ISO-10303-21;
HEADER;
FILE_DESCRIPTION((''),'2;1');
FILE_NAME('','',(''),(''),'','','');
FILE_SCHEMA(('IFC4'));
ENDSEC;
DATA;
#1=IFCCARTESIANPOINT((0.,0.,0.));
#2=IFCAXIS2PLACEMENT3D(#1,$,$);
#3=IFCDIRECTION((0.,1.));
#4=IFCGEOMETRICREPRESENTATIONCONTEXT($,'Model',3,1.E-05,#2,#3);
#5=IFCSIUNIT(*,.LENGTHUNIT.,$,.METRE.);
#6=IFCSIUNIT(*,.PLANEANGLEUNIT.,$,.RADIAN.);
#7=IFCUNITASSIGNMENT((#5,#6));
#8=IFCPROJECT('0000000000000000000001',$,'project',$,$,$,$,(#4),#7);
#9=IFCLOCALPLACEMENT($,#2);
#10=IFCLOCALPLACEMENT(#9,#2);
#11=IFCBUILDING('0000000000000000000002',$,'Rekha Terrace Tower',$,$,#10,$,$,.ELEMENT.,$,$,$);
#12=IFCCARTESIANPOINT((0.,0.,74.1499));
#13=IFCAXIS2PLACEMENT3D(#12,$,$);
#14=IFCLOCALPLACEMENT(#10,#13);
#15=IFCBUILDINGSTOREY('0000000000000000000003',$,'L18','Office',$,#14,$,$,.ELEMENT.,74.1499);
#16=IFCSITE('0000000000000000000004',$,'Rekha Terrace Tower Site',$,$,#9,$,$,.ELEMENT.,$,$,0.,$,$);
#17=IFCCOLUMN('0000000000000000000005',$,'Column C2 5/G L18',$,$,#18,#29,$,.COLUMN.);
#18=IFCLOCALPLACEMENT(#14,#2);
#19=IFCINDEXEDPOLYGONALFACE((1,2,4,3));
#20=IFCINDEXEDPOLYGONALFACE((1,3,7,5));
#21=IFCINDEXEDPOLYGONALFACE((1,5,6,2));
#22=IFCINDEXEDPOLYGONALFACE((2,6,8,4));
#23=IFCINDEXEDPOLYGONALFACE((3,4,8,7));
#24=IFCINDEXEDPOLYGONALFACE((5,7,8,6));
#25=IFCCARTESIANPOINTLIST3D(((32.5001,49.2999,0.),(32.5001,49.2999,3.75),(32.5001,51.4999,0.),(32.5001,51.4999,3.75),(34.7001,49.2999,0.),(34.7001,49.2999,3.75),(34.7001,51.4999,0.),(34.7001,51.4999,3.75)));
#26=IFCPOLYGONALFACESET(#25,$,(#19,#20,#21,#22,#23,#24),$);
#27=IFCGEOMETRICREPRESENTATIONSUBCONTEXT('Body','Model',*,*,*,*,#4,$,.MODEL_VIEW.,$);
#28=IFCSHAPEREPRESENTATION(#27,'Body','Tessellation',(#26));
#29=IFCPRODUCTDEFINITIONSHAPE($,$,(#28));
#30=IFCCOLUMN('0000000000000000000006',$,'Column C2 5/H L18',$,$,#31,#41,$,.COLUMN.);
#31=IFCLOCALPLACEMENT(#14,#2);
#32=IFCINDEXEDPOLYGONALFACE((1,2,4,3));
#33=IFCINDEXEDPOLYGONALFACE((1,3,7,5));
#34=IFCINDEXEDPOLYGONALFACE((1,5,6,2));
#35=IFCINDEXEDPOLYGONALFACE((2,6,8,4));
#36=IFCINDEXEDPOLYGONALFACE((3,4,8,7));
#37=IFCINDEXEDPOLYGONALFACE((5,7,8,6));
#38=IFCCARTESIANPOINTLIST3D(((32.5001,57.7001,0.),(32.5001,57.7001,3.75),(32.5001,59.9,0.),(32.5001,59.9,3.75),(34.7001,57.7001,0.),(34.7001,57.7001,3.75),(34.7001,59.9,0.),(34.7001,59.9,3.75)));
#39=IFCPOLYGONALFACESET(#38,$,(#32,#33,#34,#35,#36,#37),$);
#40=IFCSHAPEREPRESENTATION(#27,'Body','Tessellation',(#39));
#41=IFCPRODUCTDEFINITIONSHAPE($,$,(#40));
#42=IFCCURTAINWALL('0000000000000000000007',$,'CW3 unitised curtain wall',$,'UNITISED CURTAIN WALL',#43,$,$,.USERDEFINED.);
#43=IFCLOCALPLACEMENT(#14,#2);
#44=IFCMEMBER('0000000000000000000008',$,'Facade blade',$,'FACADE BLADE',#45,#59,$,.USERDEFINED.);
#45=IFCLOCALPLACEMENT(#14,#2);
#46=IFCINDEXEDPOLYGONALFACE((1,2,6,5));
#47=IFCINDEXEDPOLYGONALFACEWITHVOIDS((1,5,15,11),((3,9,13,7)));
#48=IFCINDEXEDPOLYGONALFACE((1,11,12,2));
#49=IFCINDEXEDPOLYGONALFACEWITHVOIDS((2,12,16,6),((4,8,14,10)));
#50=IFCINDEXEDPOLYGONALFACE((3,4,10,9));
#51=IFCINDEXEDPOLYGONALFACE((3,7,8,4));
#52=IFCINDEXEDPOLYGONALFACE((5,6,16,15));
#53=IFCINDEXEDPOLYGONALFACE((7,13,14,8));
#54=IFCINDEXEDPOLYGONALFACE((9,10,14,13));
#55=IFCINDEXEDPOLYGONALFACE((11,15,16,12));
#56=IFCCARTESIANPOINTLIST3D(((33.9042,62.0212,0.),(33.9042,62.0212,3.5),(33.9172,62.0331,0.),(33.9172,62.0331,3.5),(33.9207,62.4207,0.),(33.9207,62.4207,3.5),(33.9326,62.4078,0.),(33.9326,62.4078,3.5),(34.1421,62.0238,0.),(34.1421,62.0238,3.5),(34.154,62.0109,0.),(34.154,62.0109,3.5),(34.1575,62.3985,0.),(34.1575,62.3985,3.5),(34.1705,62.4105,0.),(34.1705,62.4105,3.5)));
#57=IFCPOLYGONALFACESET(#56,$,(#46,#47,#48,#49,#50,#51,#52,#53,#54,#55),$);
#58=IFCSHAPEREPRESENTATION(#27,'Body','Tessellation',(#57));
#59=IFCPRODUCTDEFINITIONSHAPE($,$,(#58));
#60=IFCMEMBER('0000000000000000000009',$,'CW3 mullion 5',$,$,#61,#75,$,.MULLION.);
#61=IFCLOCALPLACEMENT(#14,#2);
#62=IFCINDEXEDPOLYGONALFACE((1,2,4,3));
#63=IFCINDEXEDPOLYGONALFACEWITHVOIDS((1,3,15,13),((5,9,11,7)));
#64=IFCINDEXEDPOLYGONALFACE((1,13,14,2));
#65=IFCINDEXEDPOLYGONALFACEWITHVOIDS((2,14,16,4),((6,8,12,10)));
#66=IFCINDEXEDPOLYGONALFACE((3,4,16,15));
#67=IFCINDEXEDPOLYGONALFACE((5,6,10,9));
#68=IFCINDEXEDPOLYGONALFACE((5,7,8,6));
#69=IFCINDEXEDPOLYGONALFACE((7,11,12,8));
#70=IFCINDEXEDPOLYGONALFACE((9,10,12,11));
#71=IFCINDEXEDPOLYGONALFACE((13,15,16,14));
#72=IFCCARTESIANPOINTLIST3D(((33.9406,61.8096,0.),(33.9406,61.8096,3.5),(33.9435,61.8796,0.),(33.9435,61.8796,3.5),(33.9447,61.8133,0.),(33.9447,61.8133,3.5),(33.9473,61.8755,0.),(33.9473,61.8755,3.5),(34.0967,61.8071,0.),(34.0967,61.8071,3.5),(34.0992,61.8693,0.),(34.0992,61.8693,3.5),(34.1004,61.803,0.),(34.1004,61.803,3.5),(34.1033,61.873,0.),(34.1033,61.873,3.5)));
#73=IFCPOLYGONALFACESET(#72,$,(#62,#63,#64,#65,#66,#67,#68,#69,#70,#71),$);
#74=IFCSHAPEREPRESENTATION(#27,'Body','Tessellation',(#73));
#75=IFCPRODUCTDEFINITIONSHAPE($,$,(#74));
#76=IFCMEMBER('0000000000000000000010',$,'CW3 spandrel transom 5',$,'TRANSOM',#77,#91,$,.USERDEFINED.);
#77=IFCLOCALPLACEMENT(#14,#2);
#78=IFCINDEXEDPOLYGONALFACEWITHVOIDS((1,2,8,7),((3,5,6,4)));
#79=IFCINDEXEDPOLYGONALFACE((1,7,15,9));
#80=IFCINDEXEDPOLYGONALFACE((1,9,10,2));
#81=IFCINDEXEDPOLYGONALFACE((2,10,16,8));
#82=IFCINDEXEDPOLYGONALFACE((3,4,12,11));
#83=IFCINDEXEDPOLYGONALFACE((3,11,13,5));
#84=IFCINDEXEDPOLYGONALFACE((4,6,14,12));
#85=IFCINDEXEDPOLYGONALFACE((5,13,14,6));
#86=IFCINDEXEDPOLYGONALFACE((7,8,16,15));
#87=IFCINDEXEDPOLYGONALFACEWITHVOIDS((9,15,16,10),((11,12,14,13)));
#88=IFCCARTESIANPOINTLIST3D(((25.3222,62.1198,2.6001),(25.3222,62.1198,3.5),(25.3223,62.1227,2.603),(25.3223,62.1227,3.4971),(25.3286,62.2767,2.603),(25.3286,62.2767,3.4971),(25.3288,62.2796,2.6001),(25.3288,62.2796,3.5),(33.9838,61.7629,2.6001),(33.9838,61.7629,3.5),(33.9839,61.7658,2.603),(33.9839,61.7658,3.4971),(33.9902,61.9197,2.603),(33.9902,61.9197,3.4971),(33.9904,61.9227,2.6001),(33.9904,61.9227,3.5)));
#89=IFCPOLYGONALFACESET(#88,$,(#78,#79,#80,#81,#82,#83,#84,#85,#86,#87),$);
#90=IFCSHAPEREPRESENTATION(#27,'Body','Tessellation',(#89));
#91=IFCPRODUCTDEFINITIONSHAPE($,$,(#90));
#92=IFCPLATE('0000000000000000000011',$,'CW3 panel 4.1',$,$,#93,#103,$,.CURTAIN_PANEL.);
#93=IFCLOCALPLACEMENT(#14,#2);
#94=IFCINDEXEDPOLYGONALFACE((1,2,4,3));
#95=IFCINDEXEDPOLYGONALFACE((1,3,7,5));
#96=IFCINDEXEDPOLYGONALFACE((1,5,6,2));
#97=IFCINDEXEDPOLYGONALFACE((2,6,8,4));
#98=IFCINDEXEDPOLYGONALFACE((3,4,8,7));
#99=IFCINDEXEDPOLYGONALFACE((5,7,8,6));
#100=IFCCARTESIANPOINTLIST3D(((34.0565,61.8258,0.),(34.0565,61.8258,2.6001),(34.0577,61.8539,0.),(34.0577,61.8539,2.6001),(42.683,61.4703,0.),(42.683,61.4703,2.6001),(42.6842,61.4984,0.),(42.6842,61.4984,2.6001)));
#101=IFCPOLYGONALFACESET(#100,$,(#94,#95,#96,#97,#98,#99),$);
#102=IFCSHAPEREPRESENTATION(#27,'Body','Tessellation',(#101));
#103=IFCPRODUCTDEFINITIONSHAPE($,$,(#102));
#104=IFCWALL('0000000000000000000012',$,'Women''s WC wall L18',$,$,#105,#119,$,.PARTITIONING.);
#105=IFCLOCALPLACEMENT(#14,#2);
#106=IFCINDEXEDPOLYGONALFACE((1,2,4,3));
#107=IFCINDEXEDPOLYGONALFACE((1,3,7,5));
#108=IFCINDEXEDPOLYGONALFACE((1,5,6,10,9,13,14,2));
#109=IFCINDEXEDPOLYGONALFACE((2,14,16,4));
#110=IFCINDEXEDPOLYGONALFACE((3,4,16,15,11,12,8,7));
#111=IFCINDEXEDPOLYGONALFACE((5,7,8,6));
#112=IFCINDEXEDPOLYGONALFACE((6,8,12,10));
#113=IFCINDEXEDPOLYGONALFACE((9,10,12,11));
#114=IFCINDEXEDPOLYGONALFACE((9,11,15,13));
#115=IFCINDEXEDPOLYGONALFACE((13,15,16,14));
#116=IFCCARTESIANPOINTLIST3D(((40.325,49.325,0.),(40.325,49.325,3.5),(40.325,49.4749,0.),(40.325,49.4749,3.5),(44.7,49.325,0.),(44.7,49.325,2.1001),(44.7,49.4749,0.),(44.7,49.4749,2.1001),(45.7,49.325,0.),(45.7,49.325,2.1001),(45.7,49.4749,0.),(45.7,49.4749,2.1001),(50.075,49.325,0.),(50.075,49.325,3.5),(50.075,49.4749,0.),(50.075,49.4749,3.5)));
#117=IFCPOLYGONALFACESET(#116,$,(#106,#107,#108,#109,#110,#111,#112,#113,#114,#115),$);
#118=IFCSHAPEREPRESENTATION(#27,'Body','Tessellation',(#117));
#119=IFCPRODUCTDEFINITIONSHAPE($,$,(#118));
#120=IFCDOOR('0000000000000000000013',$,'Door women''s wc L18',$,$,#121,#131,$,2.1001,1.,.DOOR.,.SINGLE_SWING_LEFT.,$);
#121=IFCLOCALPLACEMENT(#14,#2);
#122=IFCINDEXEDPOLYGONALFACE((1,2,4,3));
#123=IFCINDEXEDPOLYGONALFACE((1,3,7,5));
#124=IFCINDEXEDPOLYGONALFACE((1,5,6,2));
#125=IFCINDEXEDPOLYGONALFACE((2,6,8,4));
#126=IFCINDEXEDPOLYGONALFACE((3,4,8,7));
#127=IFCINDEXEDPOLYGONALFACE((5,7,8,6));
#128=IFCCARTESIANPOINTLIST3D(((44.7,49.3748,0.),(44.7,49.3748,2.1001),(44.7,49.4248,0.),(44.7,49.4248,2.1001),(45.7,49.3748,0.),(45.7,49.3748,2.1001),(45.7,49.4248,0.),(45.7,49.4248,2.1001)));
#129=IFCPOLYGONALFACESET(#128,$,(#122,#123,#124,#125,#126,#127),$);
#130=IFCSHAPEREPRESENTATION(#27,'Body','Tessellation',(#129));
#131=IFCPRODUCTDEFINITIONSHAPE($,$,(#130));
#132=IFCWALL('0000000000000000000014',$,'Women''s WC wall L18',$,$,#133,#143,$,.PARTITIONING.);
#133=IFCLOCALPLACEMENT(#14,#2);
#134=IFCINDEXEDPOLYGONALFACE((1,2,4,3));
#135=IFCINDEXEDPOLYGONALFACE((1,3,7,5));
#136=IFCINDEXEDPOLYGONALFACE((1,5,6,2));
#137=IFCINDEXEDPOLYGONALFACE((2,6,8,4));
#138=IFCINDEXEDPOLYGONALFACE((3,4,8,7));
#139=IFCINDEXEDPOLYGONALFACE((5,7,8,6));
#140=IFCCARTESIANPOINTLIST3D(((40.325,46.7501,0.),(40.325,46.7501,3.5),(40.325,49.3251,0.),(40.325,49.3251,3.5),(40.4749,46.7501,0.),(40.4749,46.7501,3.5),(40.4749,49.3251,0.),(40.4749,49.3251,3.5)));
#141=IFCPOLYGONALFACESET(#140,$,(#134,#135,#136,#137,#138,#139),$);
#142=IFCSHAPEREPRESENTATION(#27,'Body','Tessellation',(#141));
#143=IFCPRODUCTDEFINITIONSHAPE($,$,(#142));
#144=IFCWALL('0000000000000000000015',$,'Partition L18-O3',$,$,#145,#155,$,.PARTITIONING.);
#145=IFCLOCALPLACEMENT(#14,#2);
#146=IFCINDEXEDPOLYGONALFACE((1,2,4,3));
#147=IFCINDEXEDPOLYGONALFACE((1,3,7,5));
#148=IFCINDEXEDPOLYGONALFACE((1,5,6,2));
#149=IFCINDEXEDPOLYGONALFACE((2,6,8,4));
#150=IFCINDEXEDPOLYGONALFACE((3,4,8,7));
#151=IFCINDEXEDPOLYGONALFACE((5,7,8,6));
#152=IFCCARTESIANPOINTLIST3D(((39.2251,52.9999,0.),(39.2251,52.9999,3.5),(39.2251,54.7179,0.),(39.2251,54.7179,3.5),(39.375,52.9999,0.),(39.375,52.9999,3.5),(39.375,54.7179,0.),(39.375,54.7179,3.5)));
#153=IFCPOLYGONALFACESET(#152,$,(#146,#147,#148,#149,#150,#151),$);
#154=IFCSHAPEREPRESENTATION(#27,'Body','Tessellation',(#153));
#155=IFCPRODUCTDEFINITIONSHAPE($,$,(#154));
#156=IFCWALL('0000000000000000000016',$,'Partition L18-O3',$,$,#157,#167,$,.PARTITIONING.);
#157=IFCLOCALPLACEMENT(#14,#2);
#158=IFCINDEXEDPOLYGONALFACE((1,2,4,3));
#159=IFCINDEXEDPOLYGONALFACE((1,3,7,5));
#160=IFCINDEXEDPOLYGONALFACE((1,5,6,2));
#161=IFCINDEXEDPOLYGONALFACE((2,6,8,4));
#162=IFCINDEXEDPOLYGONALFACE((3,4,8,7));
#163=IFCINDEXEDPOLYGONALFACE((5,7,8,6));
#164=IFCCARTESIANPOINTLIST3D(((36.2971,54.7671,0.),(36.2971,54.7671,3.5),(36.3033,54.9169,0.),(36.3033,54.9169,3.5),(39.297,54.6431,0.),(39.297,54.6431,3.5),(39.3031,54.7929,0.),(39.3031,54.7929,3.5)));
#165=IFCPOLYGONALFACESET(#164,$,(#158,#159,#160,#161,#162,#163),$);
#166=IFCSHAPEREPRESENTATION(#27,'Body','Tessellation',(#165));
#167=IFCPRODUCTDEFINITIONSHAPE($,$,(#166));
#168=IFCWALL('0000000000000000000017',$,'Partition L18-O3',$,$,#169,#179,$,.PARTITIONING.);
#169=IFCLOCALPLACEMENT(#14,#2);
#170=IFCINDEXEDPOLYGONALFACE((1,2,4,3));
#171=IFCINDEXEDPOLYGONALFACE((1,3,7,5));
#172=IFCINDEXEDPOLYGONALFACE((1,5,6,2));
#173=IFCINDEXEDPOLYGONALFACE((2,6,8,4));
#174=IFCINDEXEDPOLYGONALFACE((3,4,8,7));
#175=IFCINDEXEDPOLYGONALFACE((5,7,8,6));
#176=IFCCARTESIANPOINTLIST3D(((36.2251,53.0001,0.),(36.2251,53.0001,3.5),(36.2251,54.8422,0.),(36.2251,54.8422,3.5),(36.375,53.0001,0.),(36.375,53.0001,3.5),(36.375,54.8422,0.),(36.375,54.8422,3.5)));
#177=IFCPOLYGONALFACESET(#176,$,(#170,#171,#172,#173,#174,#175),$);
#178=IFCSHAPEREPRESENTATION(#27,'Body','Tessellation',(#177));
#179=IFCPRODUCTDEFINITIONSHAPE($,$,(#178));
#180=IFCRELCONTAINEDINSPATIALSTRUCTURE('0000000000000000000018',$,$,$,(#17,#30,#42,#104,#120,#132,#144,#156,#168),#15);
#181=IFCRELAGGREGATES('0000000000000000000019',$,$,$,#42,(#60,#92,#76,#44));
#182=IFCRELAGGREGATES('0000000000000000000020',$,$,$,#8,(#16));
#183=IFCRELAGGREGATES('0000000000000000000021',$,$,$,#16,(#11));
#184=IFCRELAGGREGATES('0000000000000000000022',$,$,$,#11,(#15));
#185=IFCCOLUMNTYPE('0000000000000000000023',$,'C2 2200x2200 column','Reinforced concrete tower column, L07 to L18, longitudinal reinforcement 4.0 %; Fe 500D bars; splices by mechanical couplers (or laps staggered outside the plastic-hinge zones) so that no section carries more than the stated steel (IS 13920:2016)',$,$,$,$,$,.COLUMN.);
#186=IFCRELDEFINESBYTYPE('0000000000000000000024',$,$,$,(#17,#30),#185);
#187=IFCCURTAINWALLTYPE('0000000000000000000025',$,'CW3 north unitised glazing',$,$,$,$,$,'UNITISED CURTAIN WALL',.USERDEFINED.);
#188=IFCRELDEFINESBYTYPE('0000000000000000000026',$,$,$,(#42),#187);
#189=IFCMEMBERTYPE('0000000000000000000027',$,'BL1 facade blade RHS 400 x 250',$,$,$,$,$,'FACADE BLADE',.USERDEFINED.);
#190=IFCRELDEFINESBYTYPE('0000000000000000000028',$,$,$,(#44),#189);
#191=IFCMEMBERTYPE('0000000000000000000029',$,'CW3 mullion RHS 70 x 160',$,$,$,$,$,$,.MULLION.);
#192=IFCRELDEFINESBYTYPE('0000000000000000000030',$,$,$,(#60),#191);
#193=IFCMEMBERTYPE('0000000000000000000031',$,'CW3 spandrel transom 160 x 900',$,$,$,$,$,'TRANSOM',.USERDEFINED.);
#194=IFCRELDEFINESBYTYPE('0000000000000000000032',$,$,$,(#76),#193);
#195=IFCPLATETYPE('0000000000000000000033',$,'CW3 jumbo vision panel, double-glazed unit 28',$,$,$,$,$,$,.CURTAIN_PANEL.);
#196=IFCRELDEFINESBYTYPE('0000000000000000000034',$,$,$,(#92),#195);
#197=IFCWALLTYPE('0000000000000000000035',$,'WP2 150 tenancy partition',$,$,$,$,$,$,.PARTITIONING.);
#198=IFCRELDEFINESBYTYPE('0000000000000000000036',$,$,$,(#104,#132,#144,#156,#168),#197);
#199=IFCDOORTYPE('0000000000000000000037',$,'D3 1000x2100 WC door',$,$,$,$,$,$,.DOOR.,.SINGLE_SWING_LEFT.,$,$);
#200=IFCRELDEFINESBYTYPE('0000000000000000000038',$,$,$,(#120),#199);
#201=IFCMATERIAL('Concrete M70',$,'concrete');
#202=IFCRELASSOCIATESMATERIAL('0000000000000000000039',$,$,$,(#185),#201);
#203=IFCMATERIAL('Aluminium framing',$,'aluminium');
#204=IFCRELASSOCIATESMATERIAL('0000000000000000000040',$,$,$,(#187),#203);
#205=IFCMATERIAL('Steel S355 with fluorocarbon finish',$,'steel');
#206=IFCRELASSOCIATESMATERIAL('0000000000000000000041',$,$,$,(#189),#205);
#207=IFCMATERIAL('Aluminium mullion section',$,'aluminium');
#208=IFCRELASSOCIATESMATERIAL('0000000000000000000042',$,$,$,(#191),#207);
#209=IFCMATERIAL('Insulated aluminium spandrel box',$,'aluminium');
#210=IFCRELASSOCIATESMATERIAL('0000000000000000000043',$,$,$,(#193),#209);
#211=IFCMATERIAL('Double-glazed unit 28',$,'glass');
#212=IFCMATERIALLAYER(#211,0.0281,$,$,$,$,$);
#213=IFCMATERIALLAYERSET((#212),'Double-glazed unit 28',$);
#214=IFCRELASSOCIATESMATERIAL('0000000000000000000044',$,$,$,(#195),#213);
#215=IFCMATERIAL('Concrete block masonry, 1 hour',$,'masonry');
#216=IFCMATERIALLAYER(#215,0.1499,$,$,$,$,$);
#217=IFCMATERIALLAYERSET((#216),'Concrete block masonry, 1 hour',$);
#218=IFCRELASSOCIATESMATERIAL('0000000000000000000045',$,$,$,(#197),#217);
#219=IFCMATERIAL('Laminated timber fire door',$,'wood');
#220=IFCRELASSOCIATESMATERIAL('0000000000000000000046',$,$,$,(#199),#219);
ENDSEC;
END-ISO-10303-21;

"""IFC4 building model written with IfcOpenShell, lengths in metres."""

from ifc_helpers import new_model, si_unit, direction, frame, frame_2d, origin, origin_2d, place, context, subcontext, project, spatial, rectangle, hollow_rectangle, extrude, material, layer, layer_set, material_profile, profile_set, type_object, element, fill, aggregate, save


model = new_model("IFC4")

# Units and contexts
model_context = context("Model", 3, precision=1e-05, world=origin(), true_north=direction((0.0, 1.0)))
body_context = subcontext(model_context, "Body", "Model", "MODEL_VIEW")
ifc_project = project(units=[si_unit("LENGTHUNIT", "METRE"), si_unit("PLANEANGLEUNIT", "RADIAN")], contexts=[model_context])

# Site, building, storey
site_placement = place(None, origin())
site = spatial("IfcSite", under=ifc_project, at=site_placement, Name="Rekha Terrace Tower Site", CompositionType="ELEMENT", RefElevation=0.0)
building_placement = place(site_placement, origin())
building = spatial("IfcBuilding", under=site, at=building_placement, Name="Rekha Terrace Tower", CompositionType="ELEMENT")
storey_placement = place(building_placement, frame((0.0, 0.0, 74.1499)))
storey = spatial("IfcBuildingStorey", under=building, at=storey_placement, Name="L18", Description="Office", CompositionType="ELEMENT", Elevation=74.1499)

# Columns
ifc_material_1 = material(Name="Concrete M70", Category="concrete")
ifc_material_profile_1 = material_profile(ifc_material_1, rectangle(XDim=2.2, YDim=2.2, at=origin_2d()), Name="RC 2200x2200")
ifc_profile_set_1 = profile_set([ifc_material_profile_1], Name="Concrete M70")
column_type = type_object("IfcColumnType", Name="C2 2200x2200 column", Description="Reinforced concrete tower column, L07 to L18, longitudinal reinforcement 4.0 %; Fe 500D bars; splices by mechanical couplers (or laps staggered outside the plastic-hinge zones) so that no section carries more than the stated steel (IS 13920:2016)", PredefinedType="COLUMN", material=ifc_profile_set_1)
for number, where, z_axis, x_axis, name in (
    (1, (33.6001, 50.3999, 0.0), (0.0, 0.0, 1.0), (1.0, 0.0, 0.0), "Column C2 5/G L18"),
    (2, (33.6001, 58.8, 0.0), (0.0, 0.0, 1.0), (1.0, 0.0, 0.0), "Column C2 5/H L18"),
):
    element("IfcColumn", number, at=place(storey_placement, frame(where, z_axis=z_axis, x_axis=x_axis)), inside=storey, type_object=column_type, Name=name, PredefinedType="COLUMN", context=body_context, shape_type="SweptSolid", body=[
        extrude(rectangle(XDim=2.2, YDim=2.2, at=origin_2d()), origin(), (0.0, 0.0, 1.0), 3.75),
    ])

# Curtain wall, members, plate
ifc_material_2 = material(Name="Aluminium framing", Category="aluminium")
curtain_wall_type = type_object("IfcCurtainWallType", Name="CW3 north unitised glazing", ElementType="UNITISED CURTAIN WALL", PredefinedType="USERDEFINED", material=ifc_material_2)
curtain_wall_placement = place(storey_placement, origin())
curtain_wall = element("IfcCurtainWall", 3, at=curtain_wall_placement, inside=storey, type_object=curtain_wall_type, Name="CW3 unitised curtain wall", ObjectType="UNITISED CURTAIN WALL", PredefinedType="USERDEFINED")
ifc_material_3 = material(Name="Steel S355 with fluorocarbon finish", Category="steel")
ifc_material_profile_2 = material_profile(ifc_material_3, hollow_rectangle(XDim=0.25, YDim=0.3999, WallThickness=0.0125, at=origin_2d()), Name="RHS400x250x12.5")
ifc_profile_set_2 = profile_set([ifc_material_profile_2], Name="Steel S355 with fluorocarbon finish")
member_type_1 = type_object("IfcMemberType", Name="BL1 facade blade RHS 400 x 250", ElementType="FACADE BLADE", PredefinedType="USERDEFINED", material=ifc_profile_set_2)
member_1_placement = place(storey_placement, frame((34.0374, 62.2158, 0.0), z_axis=(0.0, 0.0, 1.0), x_axis=(-0.999152, 0.041175, 0.0)))
member_1 = element("IfcMember", 4, at=member_1_placement, type_object=member_type_1, Name="Facade blade", ObjectType="FACADE BLADE", PredefinedType="USERDEFINED", context=body_context, shape_type="SweptSolid", body=[
    extrude(hollow_rectangle(XDim=0.25, YDim=0.3999, WallThickness=0.0125, at=origin_2d()), origin(), (0.0, 0.0, 1.0), 3.5),
])
ifc_material_4 = material(Name="Aluminium mullion section", Category="aluminium")
ifc_material_profile_3 = material_profile(ifc_material_4, hollow_rectangle(XDim=0.0701, YDim=0.1599, WallThickness=0.0039, at=origin_2d()), Name="AL RHS 70x160")
ifc_profile_set_3 = profile_set([ifc_material_profile_3], Name="Aluminium mullion section")
member_type_2 = type_object("IfcMemberType", Name="CW3 mullion RHS 70 x 160", PredefinedType="MULLION", material=ifc_profile_set_3)
member_2_placement = place(storey_placement, frame((34.022, 61.8413, 0.0), z_axis=(0.0, 0.0, 1.0), x_axis=(-0.041174, -0.999152, 0.0)))
member_2 = element("IfcMember", 5, at=member_2_placement, type_object=member_type_2, Name="CW3 mullion 5", PredefinedType="MULLION", context=body_context, shape_type="SweptSolid", body=[
    extrude(hollow_rectangle(XDim=0.0701, YDim=0.1599, WallThickness=0.0039, at=origin_2d()), origin(), (0.0, 0.0, 1.0), 3.5),
])
ifc_material_5 = material(Name="Insulated aluminium spandrel box", Category="aluminium")
ifc_material_profile_4 = material_profile(ifc_material_5, hollow_rectangle(XDim=0.1599, YDim=0.8999, WallThickness=0.0029, at=origin_2d()), Name="AL SPANDREL BOX 160x900")
ifc_profile_set_4 = profile_set([ifc_material_profile_4], Name="Insulated aluminium spandrel box")
member_type_3 = type_object("IfcMemberType", Name="CW3 spandrel transom 160 x 900", ElementType="TRANSOM", PredefinedType="USERDEFINED", material=ifc_profile_set_4)
member_3_placement = place(storey_placement, frame((33.9871, 61.8428, 3.05), z_axis=(-0.999152, 0.041174, 0.0), x_axis=(-0.041174, -0.999152, 0.0)))
member_3 = element("IfcMember", 6, at=member_3_placement, type_object=member_type_3, Name="CW3 spandrel transom 5", ObjectType="TRANSOM", PredefinedType="USERDEFINED", context=body_context, shape_type="SweptSolid", body=[
    extrude(hollow_rectangle(XDim=0.1599, YDim=0.8999, WallThickness=0.0029, at=origin_2d()), origin(), (0.0, 0.0, 1.0), 8.6689),
])
ifc_material_6 = material(Name="Double-glazed unit 28", Category="glass")
ifc_layer_1 = layer(ifc_material_6, 0.0281)
ifc_layer_set_1 = layer_set([ifc_layer_1], Name="Double-glazed unit 28")
plate_type = type_object("IfcPlateType", Name="CW3 jumbo vision panel, double-glazed unit 28", PredefinedType="CURTAIN_PANEL", material=ifc_layer_set_1)
plate_placement = place(storey_placement, frame((38.3704, 61.6621, 0.0), z_axis=(0.0, 0.0, 1.0), x_axis=(-0.999152, 0.041174, 0.0)))
plate = element("IfcPlate", 7, at=plate_placement, type_object=plate_type, Name="CW3 panel 4.1", PredefinedType="CURTAIN_PANEL", context=body_context, shape_type="SweptSolid", body=[
    extrude(rectangle(XDim=8.6338, YDim=0.0281, at=origin_2d()), origin(), (0.0, 0.0, 1.0), 2.6001),
])
aggregate(curtain_wall, [member_2, plate, member_3, member_1])

# Wall, opening, door
ifc_material_7 = material(Name="Concrete block masonry, 1 hour", Category="masonry")
ifc_layer_2 = layer(ifc_material_7, 0.1499)
ifc_layer_set_2 = layer_set([ifc_layer_2], Name="Concrete block masonry, 1 hour")
wall_type_1 = type_object("IfcWallType", Name="WP2 150 tenancy partition", PredefinedType="PARTITIONING", material=ifc_layer_set_2)
wall_1_placement = place(storey_placement, frame((40.325, 49.3999, 0.0), z_axis=(0.0, 0.0, 1.0), x_axis=(1.0, 0.0, 0.0)))
wall_1 = element("IfcWall", 8, at=wall_1_placement, inside=storey, type_object=wall_type_1, Name="Women's WC wall L18", PredefinedType="PARTITIONING", context=body_context, shape_type="SweptSolid", body=[
    extrude(rectangle(XDim=9.75, YDim=0.1499, at=frame_2d((4.875, 0.0))), origin(), (0.0, 0.0, 1.0), 3.5),
])
opening_1_placement = place(wall_1_placement, frame((4.375, 0.0, 0.0)))
opening_1 = element("IfcOpeningElement", 9, at=opening_1_placement, cuts=wall_1, PredefinedType="OPENING", context=body_context, shape_type="SweptSolid", body=[
    extrude(rectangle(XDim=1.0, YDim=2.1001, at=frame_2d((0.5, 1.05))), frame((0.0, 0.085, 0.0), z_axis=(0.0, -1.0, 0.0), x_axis=(1.0, 0.0, 0.0)), (0.0, 0.0, 1.0), 0.1699),
])
ifc_material_8 = material(Name="Laminated timber fire door", Category="wood")
door_type_1 = type_object("IfcDoorType", Name="D3 1000x2100 WC door", OperationType="SINGLE_SWING_LEFT", PredefinedType="DOOR", material=ifc_material_8)
door_1_placement = place(opening_1_placement, origin())
door_1 = element("IfcDoor", 10, at=door_1_placement, inside=storey, type_object=door_type_1, Name="Door women's wc L18", OperationType="SINGLE_SWING_LEFT", OverallHeight=2.1001, OverallWidth=1.0, PredefinedType="DOOR", context=body_context, shape_type="SweptSolid", body=[
    extrude(rectangle(XDim=1.0, YDim=2.1001, at=frame_2d((0.5, 1.05))), frame((0.0, 0.0249, 0.0), z_axis=(0.0, -1.0, 0.0), x_axis=(1.0, 0.0, 0.0)), (0.0, 0.0, 1.0), 0.05),
])
fill(opening_1, door_1)

# Walls
wall_2_placement = place(storey_placement, frame((40.3999, 46.75, 0.0), z_axis=(0.0, 0.0, 1.0), x_axis=(0.0, 1.0, 0.0)))
element("IfcWall", 11, at=wall_2_placement, inside=storey, type_object=wall_type_1, Name="Women's WC wall L18", PredefinedType="PARTITIONING", context=body_context, shape_type="SweptSolid", body=[
    extrude(rectangle(XDim=2.575, YDim=0.1499, at=frame_2d((1.2876, 0.0))), origin(), (0.0, 0.0, 1.0), 3.5),
])
wall_3_placement = place(storey_placement, frame((39.3, 53.0, 0.0), z_axis=(0.0, 0.0, 1.0), x_axis=(0.0, 1.0, 0.0)))
element("IfcWall", 12, at=wall_3_placement, inside=storey, type_object=wall_type_1, Name="Partition L18-O3", PredefinedType="PARTITIONING", context=body_context, shape_type="SweptSolid", body=[
    extrude(rectangle(XDim=1.718, YDim=0.1499, at=frame_2d((0.8589, 0.0))), origin(), (0.0, 0.0, 1.0), 3.5),
])
wall_4_placement = place(storey_placement, frame((39.3, 54.718, 0.0), z_axis=(0.0, 0.0, 1.0), x_axis=(-0.999147, 0.041306, 0.0)))
element("IfcWall", 13, at=wall_4_placement, inside=storey, type_object=wall_type_1, Name="Partition L18-O3", PredefinedType="PARTITIONING", context=body_context, shape_type="SweptSolid", body=[
    extrude(rectangle(XDim=3.0024, YDim=0.1499, at=frame_2d((1.5012, 0.0))), origin(), (0.0, 0.0, 1.0), 3.5),
])
wall_5_placement = place(storey_placement, frame((36.3, 54.842, 0.0), z_axis=(0.0, 0.0, 1.0), x_axis=(0.0, -1.0, 0.0)))
element("IfcWall", 14, at=wall_5_placement, inside=storey, type_object=wall_type_1, Name="Partition L18-O3", PredefinedType="PARTITIONING", context=body_context, shape_type="SweptSolid", body=[
    extrude(rectangle(XDim=1.842, YDim=0.1499, at=frame_2d((0.9209, 0.0))), origin(), (0.0, 0.0, 1.0), 3.5),
])

save(model, "model.ifc")
